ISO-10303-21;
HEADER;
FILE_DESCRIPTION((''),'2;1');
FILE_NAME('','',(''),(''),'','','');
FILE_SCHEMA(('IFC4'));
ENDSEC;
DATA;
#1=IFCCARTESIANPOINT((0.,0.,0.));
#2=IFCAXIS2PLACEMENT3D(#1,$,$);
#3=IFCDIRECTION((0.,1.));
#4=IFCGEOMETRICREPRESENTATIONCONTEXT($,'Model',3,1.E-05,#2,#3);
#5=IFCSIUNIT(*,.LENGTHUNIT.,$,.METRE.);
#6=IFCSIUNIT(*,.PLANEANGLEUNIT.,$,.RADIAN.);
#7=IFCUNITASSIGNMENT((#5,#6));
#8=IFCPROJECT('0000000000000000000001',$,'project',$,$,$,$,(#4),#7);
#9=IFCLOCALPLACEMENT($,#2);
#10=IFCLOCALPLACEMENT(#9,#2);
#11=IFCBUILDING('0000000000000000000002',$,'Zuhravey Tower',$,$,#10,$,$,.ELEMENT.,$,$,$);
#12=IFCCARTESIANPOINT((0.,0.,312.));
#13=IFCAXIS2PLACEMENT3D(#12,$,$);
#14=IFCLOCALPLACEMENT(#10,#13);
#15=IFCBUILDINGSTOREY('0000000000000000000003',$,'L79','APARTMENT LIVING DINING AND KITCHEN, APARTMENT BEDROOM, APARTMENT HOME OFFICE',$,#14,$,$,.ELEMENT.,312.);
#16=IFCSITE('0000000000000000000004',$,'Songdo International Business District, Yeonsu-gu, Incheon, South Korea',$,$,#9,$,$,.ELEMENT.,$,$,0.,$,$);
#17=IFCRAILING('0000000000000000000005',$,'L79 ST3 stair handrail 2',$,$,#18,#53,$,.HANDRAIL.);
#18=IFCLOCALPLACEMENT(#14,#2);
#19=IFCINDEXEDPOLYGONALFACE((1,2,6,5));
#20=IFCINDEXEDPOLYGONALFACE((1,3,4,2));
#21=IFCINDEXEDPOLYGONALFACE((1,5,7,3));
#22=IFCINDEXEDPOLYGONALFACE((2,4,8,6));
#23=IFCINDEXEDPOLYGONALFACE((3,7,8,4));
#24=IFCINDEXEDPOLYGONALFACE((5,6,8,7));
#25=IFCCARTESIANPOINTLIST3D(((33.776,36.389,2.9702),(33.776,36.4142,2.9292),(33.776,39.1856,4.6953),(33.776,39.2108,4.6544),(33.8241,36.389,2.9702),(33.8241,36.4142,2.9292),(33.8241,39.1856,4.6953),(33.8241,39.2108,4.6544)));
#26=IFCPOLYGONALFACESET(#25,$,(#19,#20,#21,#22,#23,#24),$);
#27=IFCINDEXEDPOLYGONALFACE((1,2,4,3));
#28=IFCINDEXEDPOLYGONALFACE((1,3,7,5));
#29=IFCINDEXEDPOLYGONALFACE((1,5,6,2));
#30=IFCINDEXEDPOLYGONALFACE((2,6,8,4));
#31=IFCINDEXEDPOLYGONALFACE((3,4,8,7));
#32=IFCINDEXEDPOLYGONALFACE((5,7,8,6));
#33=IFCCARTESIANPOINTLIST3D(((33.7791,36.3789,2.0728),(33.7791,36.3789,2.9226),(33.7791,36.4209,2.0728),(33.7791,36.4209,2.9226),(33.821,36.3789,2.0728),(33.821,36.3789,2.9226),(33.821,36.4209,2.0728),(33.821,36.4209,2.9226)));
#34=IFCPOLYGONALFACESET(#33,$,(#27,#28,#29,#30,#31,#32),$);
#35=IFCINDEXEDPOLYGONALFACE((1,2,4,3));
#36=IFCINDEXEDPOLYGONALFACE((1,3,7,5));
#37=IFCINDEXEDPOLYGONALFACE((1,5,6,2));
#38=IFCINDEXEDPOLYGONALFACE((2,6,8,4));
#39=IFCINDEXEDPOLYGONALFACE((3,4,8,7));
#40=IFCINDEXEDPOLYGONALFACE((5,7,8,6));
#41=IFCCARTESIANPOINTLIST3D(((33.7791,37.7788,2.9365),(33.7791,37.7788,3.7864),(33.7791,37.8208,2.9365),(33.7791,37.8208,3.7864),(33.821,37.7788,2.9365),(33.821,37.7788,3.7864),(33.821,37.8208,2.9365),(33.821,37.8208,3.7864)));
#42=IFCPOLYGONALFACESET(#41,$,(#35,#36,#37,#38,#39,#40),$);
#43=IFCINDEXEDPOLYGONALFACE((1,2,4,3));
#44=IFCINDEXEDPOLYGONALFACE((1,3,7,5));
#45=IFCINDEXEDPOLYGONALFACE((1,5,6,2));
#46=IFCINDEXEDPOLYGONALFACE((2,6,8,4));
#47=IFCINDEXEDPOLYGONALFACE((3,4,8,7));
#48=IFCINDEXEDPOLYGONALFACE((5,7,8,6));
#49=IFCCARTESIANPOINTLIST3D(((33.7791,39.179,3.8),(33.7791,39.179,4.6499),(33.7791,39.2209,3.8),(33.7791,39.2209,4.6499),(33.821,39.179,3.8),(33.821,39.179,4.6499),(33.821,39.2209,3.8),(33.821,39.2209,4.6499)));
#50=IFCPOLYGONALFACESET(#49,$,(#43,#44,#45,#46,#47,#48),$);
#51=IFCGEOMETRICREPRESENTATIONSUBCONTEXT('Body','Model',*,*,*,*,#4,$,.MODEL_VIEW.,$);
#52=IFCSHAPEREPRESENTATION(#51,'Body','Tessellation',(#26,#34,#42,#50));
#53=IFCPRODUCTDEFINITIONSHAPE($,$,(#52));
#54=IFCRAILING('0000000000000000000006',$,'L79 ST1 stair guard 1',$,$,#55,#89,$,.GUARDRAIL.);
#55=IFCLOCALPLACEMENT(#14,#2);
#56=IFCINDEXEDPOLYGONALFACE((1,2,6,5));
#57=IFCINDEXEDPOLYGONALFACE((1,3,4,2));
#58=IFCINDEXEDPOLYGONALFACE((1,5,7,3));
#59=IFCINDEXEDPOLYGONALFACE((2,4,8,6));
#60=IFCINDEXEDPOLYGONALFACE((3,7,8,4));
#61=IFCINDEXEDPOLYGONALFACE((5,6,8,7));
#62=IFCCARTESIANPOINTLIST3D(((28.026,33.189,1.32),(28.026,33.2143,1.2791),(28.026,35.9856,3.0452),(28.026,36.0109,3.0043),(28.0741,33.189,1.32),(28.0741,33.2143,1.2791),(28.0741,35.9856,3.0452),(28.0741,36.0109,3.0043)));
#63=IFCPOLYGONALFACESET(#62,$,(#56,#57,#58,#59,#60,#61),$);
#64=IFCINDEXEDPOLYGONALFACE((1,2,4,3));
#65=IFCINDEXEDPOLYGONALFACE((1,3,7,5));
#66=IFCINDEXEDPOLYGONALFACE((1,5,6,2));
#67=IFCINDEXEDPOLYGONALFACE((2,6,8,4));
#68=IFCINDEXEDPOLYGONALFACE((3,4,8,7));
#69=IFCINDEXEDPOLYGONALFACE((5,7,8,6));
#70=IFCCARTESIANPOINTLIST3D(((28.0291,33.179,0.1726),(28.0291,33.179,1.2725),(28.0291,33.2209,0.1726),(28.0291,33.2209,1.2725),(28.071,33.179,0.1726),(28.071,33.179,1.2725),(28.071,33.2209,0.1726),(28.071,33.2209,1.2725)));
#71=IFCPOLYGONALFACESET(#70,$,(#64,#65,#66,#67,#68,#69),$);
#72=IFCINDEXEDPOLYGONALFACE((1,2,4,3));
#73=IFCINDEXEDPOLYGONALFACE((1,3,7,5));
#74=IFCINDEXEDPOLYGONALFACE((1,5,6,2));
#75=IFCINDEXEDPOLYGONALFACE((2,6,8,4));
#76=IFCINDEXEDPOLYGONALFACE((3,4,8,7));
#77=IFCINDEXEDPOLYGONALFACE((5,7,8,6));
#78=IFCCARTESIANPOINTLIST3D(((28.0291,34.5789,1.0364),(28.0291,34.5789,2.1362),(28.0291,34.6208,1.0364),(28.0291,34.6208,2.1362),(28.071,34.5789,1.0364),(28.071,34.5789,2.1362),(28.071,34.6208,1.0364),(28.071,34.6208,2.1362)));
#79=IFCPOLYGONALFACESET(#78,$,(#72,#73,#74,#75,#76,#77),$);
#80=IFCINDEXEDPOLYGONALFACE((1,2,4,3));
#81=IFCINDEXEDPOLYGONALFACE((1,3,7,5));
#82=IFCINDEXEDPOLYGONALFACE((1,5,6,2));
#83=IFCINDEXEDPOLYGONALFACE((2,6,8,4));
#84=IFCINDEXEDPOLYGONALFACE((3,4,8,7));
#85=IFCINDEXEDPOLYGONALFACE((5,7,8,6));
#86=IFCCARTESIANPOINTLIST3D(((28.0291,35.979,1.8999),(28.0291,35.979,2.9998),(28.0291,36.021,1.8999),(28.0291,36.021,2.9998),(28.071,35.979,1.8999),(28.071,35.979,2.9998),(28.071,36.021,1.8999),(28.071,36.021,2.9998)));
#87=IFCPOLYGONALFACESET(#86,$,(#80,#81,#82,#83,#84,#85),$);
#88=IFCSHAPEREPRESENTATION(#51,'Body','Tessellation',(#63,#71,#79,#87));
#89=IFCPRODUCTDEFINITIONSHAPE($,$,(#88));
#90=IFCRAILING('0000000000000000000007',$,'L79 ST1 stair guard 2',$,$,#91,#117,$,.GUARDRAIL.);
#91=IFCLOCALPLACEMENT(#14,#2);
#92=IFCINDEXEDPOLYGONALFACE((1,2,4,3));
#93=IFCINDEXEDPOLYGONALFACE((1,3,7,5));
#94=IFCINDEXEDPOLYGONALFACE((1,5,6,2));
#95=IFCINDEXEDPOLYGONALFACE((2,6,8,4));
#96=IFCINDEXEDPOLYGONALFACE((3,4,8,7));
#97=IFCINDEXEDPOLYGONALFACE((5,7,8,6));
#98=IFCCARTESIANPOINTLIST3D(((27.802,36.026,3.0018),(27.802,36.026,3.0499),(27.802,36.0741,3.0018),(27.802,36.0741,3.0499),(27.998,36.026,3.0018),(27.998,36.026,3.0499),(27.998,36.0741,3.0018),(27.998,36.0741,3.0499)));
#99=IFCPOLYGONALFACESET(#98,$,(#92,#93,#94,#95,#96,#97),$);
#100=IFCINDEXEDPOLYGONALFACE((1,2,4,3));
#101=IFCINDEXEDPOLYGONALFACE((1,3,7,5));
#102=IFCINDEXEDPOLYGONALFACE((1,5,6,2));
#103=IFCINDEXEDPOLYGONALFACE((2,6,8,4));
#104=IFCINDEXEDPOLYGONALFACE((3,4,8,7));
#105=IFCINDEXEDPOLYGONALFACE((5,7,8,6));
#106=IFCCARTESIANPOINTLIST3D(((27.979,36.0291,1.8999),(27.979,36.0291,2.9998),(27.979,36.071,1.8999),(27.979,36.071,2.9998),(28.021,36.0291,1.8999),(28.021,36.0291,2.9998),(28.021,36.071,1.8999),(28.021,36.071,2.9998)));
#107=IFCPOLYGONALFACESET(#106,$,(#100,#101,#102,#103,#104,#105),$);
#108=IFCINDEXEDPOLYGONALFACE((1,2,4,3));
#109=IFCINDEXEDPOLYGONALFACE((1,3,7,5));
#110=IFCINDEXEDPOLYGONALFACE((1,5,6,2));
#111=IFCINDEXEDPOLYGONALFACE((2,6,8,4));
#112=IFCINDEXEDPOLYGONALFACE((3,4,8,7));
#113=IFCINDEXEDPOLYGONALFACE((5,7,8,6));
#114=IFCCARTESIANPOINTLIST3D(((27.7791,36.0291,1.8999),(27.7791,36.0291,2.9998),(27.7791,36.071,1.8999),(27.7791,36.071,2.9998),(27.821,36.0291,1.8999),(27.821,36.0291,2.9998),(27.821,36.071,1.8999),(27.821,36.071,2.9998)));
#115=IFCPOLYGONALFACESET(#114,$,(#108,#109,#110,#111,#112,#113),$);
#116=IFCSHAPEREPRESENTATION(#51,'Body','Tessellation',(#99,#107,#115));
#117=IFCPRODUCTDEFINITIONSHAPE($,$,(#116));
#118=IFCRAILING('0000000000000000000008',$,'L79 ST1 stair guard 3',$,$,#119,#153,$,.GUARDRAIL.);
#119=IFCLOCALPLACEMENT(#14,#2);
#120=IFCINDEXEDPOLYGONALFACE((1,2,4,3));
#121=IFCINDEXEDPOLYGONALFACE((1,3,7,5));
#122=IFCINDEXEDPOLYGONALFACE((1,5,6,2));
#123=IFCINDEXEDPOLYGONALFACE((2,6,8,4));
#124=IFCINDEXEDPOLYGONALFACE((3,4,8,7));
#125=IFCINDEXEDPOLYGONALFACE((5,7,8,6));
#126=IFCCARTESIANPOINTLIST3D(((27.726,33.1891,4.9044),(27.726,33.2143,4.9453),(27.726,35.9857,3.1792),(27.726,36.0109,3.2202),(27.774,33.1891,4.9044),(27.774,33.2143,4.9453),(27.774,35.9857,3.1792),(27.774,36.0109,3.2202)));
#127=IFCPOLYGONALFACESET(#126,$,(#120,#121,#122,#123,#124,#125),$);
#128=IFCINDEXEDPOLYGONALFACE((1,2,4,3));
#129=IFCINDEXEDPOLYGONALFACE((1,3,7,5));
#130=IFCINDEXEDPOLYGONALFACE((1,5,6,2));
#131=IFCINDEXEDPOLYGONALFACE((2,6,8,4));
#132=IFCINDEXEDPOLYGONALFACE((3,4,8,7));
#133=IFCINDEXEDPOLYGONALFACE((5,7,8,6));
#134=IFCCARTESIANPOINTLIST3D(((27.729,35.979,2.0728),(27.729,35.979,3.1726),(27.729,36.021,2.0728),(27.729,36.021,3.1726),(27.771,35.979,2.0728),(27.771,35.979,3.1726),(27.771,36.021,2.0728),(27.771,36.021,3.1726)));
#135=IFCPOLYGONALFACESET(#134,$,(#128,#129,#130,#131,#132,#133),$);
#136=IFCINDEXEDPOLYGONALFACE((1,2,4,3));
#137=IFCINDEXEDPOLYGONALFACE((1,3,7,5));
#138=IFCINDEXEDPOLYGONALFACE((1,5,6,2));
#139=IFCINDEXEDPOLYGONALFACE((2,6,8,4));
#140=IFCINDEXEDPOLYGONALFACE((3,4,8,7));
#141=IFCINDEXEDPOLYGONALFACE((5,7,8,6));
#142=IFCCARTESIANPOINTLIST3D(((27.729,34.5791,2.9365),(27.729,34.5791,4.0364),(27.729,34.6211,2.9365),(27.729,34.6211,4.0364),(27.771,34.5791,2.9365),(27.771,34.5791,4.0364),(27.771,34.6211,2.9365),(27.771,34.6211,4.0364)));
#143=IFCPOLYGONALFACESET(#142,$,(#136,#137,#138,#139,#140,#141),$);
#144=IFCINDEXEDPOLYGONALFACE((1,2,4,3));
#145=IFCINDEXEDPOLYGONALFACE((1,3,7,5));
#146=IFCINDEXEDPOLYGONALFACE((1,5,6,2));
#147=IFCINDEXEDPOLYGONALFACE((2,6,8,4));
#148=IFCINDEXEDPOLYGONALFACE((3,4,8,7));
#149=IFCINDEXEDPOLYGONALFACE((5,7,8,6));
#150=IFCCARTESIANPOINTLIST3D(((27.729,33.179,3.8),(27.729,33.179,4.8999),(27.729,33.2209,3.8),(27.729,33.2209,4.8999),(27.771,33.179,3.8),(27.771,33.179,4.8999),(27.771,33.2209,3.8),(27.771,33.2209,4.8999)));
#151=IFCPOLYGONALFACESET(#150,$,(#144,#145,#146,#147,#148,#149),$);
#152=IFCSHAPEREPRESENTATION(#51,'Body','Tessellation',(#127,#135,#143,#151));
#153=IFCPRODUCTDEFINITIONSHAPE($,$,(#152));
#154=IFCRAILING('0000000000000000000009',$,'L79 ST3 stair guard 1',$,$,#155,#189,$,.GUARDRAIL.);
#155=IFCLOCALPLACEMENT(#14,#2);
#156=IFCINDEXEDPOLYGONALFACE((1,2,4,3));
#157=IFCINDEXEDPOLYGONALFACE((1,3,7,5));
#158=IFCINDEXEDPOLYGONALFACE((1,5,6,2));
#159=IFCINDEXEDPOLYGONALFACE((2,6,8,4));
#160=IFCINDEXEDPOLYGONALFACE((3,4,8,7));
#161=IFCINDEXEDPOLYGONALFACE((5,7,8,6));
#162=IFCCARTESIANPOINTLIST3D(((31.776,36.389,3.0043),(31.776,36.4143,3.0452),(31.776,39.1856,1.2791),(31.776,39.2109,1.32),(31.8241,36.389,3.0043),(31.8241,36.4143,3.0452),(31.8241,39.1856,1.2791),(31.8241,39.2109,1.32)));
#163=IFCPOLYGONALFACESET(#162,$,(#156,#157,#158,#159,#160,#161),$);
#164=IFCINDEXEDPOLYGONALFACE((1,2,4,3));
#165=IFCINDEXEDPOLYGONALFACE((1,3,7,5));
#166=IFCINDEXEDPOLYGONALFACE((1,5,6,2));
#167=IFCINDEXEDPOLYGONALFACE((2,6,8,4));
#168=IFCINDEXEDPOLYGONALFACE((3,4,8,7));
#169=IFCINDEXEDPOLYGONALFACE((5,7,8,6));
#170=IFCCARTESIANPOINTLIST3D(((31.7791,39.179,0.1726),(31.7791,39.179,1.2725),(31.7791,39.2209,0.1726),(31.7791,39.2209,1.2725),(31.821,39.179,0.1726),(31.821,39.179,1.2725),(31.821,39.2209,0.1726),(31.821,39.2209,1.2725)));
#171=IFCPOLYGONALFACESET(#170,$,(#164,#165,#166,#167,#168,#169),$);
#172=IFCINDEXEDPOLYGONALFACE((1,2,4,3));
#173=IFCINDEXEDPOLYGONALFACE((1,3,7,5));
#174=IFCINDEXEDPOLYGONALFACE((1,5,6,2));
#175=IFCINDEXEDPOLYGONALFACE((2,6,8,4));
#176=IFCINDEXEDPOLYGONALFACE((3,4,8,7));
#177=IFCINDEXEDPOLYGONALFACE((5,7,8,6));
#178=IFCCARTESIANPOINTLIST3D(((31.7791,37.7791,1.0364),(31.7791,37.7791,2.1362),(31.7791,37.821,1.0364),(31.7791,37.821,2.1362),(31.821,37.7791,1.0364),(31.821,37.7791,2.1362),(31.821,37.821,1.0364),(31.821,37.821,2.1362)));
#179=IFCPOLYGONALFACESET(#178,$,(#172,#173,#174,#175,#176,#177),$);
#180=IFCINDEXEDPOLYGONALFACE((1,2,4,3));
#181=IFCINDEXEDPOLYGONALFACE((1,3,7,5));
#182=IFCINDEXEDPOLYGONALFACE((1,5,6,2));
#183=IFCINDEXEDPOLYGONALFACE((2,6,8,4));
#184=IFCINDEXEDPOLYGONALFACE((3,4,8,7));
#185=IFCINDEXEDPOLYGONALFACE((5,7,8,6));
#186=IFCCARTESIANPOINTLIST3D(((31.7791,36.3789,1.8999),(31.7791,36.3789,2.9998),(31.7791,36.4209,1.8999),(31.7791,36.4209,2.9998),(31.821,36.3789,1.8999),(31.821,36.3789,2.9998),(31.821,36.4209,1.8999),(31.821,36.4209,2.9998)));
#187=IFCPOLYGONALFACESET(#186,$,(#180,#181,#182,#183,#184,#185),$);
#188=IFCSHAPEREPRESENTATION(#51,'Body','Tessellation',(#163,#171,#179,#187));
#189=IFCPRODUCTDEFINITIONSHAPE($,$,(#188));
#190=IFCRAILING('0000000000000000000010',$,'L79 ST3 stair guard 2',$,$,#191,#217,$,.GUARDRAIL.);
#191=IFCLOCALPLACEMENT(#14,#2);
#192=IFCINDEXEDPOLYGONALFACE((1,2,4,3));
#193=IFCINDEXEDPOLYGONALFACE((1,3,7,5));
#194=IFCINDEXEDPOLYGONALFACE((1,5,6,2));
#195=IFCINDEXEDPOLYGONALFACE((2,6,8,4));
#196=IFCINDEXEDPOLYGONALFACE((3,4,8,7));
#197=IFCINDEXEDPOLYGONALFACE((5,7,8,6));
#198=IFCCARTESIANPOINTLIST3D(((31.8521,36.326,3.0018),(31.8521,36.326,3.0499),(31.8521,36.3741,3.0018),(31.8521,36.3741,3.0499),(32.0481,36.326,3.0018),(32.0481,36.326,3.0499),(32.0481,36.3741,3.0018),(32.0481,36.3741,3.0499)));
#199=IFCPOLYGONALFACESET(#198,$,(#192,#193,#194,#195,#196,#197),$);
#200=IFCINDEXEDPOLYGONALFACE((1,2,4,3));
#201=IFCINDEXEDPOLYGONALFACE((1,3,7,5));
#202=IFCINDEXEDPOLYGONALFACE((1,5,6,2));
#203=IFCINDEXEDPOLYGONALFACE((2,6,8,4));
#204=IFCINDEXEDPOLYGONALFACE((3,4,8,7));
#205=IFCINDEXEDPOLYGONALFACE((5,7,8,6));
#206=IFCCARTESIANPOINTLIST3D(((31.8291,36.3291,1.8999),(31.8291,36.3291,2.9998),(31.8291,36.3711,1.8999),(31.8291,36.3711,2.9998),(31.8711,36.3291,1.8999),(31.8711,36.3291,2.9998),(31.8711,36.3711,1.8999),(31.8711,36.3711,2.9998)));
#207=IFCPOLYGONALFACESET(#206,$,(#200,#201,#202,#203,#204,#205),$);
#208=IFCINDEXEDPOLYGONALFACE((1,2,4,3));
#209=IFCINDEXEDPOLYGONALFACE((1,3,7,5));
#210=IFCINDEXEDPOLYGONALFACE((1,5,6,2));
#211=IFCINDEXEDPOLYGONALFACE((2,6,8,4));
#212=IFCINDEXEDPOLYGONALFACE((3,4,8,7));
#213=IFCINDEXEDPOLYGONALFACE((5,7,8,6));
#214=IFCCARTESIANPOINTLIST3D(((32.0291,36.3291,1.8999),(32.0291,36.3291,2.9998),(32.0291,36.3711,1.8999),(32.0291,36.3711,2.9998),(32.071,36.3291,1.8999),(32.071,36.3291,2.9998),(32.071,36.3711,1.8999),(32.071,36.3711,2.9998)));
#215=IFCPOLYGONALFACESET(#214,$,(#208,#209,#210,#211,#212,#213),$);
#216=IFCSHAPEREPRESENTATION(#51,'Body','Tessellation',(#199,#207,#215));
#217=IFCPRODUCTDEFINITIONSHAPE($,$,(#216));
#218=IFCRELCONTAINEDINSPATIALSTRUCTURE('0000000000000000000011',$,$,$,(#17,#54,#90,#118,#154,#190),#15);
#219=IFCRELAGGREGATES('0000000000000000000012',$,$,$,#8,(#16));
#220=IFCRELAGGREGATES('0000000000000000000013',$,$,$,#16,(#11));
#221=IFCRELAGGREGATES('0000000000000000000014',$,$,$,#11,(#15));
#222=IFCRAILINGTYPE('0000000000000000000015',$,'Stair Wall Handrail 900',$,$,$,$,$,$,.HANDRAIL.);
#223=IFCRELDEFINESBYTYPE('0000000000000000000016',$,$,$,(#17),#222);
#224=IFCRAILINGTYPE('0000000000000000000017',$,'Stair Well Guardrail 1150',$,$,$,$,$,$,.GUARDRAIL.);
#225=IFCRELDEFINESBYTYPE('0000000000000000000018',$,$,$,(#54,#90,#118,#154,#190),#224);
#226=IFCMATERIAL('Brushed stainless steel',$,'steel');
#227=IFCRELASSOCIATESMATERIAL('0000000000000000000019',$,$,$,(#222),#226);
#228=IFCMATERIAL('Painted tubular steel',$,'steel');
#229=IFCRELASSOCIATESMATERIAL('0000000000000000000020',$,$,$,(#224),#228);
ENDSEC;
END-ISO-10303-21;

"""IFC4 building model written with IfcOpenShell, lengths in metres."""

from ifc_helpers import new_model, si_unit, direction, frame, origin, origin_2d, place, context, subcontext, project, spatial, rectangle, extrude, material, type_object, element, save


model = new_model("IFC4")

# Units and contexts
model_context = context("Model", 3, precision=1e-05, world=origin(), true_north=direction((0.0, 1.0)))
body_context = subcontext(model_context, "Body", "Model", "MODEL_VIEW")
ifc_project = project(units=[si_unit("LENGTHUNIT", "METRE"), si_unit("PLANEANGLEUNIT", "RADIAN")], contexts=[model_context])

# Site, building, storey
site_placement = place(None, origin())
site = spatial("IfcSite", under=ifc_project, at=site_placement, Name="Songdo International Business District, Yeonsu-gu, Incheon, South Korea", CompositionType="ELEMENT", RefElevation=0.0)
building_placement = place(site_placement, origin())
building = spatial("IfcBuilding", under=site, at=building_placement, Name="Zuhravey Tower", CompositionType="ELEMENT")
storey_placement = place(building_placement, frame((0.0, 0.0, 312.0)))
storey = spatial("IfcBuildingStorey", under=building, at=storey_placement, Name="L79", Description="APARTMENT LIVING DINING AND KITCHEN, APARTMENT BEDROOM, APARTMENT HOME OFFICE", CompositionType="ELEMENT", Elevation=312.0)

# Railings
ifc_material_1 = material(Name="Brushed stainless steel", Category="steel")
railing_type_1 = type_object("IfcRailingType", Name="Stair Wall Handrail 900", PredefinedType="HANDRAIL", material=ifc_material_1)
railing_1_placement = place(storey_placement, frame((33.8, 36.3999, 2.0728)))
element("IfcRailing", 1, at=railing_1_placement, inside=storey, type_object=railing_type_1, Name="L79 ST3 stair handrail 2", PredefinedType="HANDRAIL", context=body_context, shape_type="SweptSolid", body=[
    extrude(rectangle(XDim=0.0481, YDim=0.0481, at=origin_2d()), frame((0.0, 0.0017, 0.877), z_axis=(0.0, 0.85109, 0.52502), x_axis=(-1.0, 0.0, 0.0)), (0.0, 0.0, 1.0), 3.2859),
    extrude(rectangle(XDim=0.042, YDim=0.042, at=origin_2d()), origin(), (0.0, 0.0, 1.0), 0.8499),
    extrude(rectangle(XDim=0.042, YDim=0.042, at=origin_2d()), frame((0.0, 1.3999, 0.8638)), (0.0, 0.0, 1.0), 0.8499),
    extrude(rectangle(XDim=0.042, YDim=0.042, at=origin_2d()), frame((0.0, 2.8, 1.7273)), (0.0, 0.0, 1.0), 0.8499),
])
ifc_material_2 = material(Name="Painted tubular steel", Category="steel")
railing_type_2 = type_object("IfcRailingType", Name="Stair Well Guardrail 1150", PredefinedType="GUARDRAIL", material=ifc_material_2)
railing_2_placement = place(storey_placement, frame((28.05, 33.2, 0.1726)))
element("IfcRailing", 2, at=railing_2_placement, inside=storey, type_object=railing_type_2, Name="L79 ST1 stair guard 1", PredefinedType="GUARDRAIL", context=body_context, shape_type="SweptSolid", body=[
    extrude(rectangle(XDim=0.0481, YDim=0.0481, at=origin_2d()), frame((0.0, 0.0017, 1.127), z_axis=(0.0, 0.85109, 0.52502), x_axis=(-1.0, 0.0, 0.0)), (0.0, 0.0, 1.0), 3.2859),
    extrude(rectangle(XDim=0.042, YDim=0.042, at=origin_2d()), origin(), (0.0, 0.0, 1.0), 1.0999),
    extrude(rectangle(XDim=0.042, YDim=0.042, at=origin_2d()), frame((0.0, 1.3999, 0.8638)), (0.0, 0.0, 1.0), 1.0999),
    extrude(rectangle(XDim=0.042, YDim=0.042, at=origin_2d()), frame((0.0, 2.8, 1.7273)), (0.0, 0.0, 1.0), 1.0999),
])
railing_3_placement = place(storey_placement, frame((28.0, 36.05, 1.8999)))
element("IfcRailing", 3, at=railing_3_placement, inside=storey, type_object=railing_type_2, Name="L79 ST1 stair guard 2", PredefinedType="GUARDRAIL", context=body_context, shape_type="SweptSolid", body=[
    extrude(rectangle(XDim=0.0481, YDim=0.0481, at=origin_2d()), frame((-0.002, 0.0, 1.126), z_axis=(-1.0, 0.0, 0.0), x_axis=(0.0, -1.0, 0.0)), (0.0, 0.0, 1.0), 0.196),
    extrude(rectangle(XDim=0.042, YDim=0.042, at=origin_2d()), origin(), (0.0, 0.0, 1.0), 1.0999),
    extrude(rectangle(XDim=0.042, YDim=0.042, at=origin_2d()), frame((-0.2, 0.0, 0.0)), (0.0, 0.0, 1.0), 1.0999),
])
for number, where, name in (
    (4, (27.75, 36.0, 2.0728), "L79 ST1 stair guard 3"),
    (5, (31.8, 39.2, 0.1726), "L79 ST3 stair guard 1"),
):
    element("IfcRailing", number, at=place(storey_placement, frame(where)), inside=storey, type_object=railing_type_2, Name=name, PredefinedType="GUARDRAIL", context=body_context, shape_type="SweptSolid", body=[
        extrude(rectangle(XDim=0.0481, YDim=0.0481, at=origin_2d()), frame((0.0, -0.0017, 1.127), z_axis=(0.0, -0.85109, 0.52502), x_axis=(1.0, 0.0, 0.0)), (0.0, 0.0, 1.0), 3.2859),
        extrude(rectangle(XDim=0.042, YDim=0.042, at=origin_2d()), origin(), (0.0, 0.0, 1.0), 1.0999),
        extrude(rectangle(XDim=0.042, YDim=0.042, at=origin_2d()), frame((0.0, -1.3999, 0.8638)), (0.0, 0.0, 1.0), 1.0999),
        extrude(rectangle(XDim=0.042, YDim=0.042, at=origin_2d()), frame((0.0, -2.8, 1.7273)), (0.0, 0.0, 1.0), 1.0999),
    ])
railing_4_placement = place(storey_placement, frame((31.8501, 36.3501, 1.8999)))
element("IfcRailing", 6, at=railing_4_placement, inside=storey, type_object=railing_type_2, Name="L79 ST3 stair guard 2", PredefinedType="GUARDRAIL", context=body_context, shape_type="SweptSolid", body=[
    extrude(rectangle(XDim=0.0481, YDim=0.0481, at=origin_2d()), frame((0.002, 0.0, 1.126), z_axis=(1.0, 0.0, 0.0), x_axis=(0.0, 1.0, 0.0)), (0.0, 0.0, 1.0), 0.196),
    extrude(rectangle(XDim=0.042, YDim=0.042, at=origin_2d()), origin(), (0.0, 0.0, 1.0), 1.0999),
    extrude(rectangle(XDim=0.042, YDim=0.042, at=origin_2d()), frame((0.2, 0.0, 0.0)), (0.0, 0.0, 1.0), 1.0999),
])

save(model, "model.ifc")
